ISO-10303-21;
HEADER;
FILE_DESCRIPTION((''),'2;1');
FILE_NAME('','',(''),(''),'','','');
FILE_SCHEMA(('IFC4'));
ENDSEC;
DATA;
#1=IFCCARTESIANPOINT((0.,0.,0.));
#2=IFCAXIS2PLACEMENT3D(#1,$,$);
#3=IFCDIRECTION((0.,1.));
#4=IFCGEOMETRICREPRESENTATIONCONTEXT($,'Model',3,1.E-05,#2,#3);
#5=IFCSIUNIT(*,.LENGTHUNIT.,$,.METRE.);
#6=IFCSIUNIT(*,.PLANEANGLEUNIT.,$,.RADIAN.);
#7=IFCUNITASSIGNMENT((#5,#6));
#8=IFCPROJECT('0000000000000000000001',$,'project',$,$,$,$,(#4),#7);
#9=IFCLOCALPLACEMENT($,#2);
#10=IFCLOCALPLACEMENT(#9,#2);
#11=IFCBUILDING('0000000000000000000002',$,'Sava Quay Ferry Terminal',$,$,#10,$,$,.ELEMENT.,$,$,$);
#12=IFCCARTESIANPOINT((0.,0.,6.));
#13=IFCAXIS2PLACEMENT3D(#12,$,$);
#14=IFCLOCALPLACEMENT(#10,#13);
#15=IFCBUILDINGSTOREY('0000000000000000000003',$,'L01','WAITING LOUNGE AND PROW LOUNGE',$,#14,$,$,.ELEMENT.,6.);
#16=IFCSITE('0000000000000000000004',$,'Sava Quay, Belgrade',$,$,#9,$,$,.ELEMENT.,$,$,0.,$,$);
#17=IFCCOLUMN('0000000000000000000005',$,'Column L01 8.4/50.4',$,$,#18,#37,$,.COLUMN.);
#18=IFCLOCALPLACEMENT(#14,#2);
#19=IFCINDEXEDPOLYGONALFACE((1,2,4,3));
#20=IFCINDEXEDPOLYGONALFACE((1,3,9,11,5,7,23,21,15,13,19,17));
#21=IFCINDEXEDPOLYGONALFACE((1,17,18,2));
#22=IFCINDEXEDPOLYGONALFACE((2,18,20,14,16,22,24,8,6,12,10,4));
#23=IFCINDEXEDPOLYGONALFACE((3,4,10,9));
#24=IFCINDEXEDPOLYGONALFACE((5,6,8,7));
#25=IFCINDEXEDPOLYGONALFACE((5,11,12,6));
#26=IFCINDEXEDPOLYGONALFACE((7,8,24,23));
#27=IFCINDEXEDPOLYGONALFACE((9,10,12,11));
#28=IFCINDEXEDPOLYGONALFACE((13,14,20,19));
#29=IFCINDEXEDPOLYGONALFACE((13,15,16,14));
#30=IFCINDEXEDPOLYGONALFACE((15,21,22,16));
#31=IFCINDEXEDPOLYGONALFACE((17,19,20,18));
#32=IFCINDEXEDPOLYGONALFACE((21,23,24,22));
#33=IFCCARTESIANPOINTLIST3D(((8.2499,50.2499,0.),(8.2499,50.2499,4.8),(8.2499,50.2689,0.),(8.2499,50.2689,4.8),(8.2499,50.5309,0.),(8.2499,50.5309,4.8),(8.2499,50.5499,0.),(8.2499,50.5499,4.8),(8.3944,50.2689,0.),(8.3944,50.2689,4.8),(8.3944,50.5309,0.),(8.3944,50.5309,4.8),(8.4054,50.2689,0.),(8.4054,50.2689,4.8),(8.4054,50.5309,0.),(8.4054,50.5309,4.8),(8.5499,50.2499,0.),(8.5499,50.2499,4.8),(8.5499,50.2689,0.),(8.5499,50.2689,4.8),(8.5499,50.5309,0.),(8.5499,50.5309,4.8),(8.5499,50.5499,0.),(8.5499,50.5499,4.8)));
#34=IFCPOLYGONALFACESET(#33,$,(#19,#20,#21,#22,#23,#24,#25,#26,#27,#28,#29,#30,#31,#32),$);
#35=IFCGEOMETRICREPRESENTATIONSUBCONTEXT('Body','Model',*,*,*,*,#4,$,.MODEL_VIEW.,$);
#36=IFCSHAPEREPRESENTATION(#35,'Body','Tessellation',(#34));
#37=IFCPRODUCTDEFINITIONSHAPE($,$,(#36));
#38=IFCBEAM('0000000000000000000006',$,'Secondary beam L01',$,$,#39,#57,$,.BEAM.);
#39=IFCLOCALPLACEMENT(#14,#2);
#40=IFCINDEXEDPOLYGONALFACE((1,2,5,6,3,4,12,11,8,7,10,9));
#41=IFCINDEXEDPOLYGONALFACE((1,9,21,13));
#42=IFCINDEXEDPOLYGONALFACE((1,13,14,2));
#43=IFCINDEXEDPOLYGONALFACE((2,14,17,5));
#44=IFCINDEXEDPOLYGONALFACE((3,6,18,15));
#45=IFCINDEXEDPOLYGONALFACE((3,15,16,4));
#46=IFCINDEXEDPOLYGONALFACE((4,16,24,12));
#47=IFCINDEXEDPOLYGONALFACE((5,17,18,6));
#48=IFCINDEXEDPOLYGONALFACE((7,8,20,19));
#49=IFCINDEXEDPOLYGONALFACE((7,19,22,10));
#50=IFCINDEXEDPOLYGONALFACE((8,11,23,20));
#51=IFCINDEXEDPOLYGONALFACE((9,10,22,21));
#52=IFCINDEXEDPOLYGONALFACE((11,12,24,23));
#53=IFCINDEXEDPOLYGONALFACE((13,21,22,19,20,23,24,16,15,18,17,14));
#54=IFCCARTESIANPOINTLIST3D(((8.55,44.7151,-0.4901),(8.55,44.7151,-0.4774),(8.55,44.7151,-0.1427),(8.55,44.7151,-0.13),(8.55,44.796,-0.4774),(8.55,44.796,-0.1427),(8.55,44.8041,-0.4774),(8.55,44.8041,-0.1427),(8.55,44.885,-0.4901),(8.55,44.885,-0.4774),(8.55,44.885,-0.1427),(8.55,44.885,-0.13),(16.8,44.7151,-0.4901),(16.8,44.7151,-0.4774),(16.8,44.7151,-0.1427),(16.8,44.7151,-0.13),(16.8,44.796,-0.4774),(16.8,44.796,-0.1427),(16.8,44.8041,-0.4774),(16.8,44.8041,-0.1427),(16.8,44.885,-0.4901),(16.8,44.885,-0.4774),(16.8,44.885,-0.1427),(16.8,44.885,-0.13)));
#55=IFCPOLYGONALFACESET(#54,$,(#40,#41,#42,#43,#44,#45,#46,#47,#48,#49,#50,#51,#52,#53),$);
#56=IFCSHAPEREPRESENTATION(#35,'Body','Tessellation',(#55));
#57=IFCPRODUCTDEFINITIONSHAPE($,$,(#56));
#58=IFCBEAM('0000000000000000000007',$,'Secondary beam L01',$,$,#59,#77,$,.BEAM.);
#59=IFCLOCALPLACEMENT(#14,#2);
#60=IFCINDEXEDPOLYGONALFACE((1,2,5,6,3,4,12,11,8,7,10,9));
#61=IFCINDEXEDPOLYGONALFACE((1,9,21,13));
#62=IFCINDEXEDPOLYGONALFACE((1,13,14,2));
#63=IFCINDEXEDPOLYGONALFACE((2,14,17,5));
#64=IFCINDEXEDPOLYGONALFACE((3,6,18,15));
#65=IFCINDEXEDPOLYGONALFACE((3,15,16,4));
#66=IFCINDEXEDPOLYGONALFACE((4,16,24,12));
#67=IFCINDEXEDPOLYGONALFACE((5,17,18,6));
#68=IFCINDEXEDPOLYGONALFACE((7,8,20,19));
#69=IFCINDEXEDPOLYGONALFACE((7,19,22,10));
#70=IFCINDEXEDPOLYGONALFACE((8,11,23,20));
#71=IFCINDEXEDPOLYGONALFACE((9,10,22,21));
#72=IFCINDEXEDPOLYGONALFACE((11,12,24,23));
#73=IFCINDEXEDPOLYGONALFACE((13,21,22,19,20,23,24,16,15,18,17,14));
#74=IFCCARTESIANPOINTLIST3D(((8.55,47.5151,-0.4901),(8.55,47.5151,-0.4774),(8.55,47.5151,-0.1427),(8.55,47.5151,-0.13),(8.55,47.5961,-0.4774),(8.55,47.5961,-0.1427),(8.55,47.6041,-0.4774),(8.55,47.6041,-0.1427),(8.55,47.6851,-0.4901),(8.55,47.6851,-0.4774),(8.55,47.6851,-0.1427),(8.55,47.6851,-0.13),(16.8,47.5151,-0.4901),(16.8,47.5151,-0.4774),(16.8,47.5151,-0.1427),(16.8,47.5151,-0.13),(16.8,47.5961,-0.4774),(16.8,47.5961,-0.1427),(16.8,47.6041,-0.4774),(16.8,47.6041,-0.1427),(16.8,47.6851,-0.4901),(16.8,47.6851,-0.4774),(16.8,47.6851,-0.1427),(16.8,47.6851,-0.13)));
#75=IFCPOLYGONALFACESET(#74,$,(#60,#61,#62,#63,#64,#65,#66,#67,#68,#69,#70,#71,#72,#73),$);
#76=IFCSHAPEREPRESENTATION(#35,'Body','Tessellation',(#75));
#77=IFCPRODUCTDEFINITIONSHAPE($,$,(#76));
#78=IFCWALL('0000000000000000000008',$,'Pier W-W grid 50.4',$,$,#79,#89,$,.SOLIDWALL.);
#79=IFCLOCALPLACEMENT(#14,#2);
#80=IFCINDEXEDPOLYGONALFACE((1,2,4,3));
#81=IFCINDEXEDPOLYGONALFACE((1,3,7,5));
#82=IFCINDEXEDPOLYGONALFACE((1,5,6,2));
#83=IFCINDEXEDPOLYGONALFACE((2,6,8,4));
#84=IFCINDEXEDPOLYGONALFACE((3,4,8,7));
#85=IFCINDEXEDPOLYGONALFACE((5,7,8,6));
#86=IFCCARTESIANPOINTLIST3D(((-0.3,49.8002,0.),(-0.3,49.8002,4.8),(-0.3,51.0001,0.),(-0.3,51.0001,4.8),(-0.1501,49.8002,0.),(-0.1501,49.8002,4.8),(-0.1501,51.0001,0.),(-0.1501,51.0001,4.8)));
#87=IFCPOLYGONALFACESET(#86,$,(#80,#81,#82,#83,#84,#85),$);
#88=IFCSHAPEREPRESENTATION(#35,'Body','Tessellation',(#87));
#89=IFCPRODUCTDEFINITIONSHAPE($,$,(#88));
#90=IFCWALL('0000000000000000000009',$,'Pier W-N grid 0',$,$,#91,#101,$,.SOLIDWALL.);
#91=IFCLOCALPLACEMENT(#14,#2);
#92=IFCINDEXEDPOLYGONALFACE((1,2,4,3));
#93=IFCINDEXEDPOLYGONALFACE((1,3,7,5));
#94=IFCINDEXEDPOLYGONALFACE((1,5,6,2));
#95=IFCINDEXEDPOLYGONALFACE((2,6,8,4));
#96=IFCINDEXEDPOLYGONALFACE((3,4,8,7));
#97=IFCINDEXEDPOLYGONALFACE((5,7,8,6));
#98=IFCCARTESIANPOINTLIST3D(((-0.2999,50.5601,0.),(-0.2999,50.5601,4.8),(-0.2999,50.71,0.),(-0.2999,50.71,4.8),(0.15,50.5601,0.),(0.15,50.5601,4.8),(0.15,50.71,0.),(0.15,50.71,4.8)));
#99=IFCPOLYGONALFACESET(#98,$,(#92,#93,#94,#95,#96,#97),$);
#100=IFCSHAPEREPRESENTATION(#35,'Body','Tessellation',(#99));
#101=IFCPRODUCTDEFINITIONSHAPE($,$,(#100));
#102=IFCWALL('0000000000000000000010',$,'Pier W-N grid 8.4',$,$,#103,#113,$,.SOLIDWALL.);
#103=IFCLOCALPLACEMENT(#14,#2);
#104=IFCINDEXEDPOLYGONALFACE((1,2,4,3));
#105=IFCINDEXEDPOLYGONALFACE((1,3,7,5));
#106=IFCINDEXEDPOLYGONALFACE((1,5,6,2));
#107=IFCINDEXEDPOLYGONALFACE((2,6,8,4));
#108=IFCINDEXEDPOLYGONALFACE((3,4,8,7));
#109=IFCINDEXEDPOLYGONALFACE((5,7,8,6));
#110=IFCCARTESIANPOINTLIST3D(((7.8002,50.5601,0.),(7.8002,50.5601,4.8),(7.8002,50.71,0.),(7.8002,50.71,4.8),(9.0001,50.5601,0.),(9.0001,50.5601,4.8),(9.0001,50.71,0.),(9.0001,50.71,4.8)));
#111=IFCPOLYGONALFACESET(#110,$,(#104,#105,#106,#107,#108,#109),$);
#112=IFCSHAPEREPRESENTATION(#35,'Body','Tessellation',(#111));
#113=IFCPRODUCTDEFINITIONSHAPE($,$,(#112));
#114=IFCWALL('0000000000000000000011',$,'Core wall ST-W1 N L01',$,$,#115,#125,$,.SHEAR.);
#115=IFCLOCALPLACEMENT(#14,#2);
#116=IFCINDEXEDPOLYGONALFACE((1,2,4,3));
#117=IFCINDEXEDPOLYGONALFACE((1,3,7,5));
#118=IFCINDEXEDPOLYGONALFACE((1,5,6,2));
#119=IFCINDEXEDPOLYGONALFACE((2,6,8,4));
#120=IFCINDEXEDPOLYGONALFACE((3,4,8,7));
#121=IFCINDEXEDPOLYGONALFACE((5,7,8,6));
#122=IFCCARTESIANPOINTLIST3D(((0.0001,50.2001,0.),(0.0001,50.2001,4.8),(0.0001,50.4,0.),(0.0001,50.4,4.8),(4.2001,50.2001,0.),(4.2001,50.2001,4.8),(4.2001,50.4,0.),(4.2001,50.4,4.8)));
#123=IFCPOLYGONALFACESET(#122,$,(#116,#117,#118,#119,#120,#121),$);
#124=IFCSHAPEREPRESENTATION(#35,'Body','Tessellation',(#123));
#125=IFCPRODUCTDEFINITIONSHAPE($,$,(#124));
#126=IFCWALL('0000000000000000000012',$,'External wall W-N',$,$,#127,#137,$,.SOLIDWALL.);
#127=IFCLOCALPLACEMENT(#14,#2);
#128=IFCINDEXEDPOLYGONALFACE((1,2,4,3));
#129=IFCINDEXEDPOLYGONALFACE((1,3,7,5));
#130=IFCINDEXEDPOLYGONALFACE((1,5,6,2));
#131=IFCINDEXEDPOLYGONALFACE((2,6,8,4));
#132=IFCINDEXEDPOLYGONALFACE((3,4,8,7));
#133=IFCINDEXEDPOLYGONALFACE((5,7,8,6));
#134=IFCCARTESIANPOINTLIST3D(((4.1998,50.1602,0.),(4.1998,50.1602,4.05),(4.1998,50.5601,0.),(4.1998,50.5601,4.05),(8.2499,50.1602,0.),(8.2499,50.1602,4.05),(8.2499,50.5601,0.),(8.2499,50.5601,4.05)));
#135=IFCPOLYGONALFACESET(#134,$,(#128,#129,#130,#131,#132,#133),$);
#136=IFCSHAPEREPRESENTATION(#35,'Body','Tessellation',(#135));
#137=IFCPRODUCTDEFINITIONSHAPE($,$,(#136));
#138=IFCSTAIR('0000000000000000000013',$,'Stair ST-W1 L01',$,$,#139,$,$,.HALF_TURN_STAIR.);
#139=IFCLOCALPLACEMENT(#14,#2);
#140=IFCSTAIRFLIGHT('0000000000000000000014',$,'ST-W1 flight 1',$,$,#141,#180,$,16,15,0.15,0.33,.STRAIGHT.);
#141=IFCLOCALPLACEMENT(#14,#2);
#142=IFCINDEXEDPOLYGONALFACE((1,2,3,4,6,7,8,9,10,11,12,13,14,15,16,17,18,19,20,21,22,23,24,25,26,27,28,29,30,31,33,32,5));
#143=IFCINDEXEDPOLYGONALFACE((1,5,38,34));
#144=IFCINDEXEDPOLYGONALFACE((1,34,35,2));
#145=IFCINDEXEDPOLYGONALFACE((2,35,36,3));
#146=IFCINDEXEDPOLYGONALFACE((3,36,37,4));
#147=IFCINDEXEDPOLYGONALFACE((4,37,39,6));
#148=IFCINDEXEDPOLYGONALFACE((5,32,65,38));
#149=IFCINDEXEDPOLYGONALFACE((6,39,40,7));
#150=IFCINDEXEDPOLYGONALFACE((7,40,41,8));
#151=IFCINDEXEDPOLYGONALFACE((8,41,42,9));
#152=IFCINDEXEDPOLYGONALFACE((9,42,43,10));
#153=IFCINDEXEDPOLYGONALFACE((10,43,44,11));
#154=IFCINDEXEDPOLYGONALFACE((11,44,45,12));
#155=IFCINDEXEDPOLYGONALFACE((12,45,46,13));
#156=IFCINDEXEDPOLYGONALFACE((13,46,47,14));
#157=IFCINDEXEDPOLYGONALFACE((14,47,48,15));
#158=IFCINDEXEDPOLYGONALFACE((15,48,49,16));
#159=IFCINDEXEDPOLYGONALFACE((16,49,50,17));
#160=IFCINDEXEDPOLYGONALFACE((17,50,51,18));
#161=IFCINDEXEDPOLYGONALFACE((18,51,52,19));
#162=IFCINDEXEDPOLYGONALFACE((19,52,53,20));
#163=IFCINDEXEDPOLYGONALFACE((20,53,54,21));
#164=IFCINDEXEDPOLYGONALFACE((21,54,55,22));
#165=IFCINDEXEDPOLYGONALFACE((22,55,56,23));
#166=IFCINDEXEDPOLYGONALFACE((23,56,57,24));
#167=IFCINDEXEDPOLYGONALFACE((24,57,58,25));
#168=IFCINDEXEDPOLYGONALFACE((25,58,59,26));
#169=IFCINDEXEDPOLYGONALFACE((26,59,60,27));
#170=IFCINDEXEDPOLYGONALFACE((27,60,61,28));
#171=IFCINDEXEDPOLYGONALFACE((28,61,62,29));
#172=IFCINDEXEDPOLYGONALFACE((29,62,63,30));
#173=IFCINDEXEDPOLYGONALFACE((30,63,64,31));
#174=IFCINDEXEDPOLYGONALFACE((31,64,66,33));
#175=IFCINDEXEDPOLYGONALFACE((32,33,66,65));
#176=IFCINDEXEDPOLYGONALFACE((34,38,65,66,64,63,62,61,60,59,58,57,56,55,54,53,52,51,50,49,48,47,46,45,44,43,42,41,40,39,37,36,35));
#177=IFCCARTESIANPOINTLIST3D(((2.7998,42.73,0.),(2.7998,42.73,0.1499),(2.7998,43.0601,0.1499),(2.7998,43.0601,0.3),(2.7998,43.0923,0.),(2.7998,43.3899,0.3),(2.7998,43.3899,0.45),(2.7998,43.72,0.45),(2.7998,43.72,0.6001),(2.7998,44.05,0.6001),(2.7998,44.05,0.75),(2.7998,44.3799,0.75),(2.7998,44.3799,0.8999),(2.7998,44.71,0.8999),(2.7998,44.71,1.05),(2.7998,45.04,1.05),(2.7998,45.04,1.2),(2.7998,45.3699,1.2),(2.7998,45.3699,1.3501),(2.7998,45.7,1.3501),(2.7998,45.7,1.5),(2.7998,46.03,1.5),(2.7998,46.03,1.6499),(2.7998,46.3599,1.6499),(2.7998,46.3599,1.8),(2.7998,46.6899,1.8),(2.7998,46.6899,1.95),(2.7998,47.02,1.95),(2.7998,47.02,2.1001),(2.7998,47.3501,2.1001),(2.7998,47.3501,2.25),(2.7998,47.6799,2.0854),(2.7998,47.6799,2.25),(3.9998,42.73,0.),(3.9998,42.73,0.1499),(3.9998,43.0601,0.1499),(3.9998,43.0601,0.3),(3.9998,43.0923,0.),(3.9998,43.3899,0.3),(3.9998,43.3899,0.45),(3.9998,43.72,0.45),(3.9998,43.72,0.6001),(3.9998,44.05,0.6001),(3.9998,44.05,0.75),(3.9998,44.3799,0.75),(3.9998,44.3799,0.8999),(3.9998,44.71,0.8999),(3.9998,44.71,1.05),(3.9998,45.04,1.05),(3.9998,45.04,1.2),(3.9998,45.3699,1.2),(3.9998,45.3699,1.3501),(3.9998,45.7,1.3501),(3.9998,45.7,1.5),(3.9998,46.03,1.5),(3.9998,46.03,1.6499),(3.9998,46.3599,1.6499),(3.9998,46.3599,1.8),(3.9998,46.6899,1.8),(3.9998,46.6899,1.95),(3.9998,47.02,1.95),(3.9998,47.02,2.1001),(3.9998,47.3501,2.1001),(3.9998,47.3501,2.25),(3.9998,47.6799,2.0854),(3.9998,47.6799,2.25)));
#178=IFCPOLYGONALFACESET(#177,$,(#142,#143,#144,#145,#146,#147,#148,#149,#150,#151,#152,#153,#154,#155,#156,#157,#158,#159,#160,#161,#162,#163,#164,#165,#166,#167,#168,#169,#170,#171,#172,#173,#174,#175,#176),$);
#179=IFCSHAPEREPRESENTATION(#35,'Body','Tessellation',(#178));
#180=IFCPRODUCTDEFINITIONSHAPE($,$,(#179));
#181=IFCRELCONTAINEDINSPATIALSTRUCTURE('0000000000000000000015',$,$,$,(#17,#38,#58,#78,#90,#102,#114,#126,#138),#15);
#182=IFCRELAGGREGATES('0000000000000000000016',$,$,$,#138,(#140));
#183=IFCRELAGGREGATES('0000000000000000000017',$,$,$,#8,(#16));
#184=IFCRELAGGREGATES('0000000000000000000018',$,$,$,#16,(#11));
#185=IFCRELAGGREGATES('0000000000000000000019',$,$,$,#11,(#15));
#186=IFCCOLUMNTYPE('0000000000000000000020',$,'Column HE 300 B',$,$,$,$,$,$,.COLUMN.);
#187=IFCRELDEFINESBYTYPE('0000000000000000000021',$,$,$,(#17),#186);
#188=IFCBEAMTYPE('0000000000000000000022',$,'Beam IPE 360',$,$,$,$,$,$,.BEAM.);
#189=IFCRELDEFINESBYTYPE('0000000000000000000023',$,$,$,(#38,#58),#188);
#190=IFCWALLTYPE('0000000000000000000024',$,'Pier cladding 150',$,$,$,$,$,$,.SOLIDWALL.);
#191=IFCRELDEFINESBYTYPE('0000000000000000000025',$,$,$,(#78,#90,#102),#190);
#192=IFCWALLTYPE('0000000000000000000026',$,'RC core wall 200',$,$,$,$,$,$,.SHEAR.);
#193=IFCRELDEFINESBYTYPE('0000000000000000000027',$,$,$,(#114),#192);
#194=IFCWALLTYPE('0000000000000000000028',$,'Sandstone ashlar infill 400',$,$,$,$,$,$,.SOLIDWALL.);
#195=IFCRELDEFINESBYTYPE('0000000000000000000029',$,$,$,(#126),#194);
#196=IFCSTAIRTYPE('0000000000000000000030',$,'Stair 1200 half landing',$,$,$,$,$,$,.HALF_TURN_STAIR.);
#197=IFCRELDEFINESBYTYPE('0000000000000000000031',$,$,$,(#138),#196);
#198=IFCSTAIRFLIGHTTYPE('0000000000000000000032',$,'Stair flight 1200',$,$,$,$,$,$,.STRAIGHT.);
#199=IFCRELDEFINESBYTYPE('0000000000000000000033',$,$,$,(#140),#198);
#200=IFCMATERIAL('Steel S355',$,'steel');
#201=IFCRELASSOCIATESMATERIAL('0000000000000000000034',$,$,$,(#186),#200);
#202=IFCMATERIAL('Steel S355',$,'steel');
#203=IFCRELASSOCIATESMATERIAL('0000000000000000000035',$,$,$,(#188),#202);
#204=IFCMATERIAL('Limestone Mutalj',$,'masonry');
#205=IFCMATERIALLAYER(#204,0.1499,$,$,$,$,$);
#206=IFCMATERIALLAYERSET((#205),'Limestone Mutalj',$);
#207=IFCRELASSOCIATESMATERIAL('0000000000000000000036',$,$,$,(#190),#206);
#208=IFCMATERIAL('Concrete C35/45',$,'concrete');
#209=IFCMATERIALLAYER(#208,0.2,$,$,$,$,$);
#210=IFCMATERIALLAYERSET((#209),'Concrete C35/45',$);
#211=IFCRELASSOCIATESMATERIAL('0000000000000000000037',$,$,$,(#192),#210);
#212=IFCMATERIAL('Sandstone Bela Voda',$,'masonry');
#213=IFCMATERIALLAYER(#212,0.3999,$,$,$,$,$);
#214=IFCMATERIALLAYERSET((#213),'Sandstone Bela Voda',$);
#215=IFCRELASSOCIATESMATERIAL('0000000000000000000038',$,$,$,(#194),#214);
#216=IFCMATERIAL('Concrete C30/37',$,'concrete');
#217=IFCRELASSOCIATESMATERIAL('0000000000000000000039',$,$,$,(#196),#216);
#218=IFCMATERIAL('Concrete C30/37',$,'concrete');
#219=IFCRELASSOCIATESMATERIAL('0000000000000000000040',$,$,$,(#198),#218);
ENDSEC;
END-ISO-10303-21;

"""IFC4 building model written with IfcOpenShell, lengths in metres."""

from ifc_helpers import new_model, si_unit, direction, frame, frame_2d, origin, origin_2d, place, context, subcontext, project, spatial, polyline, rectangle, i_section, outline, extrude, material, layer, layer_set, material_profile, profile_set, type_object, element, aggregate, save


model = new_model("IFC4")

# Units and contexts
model_context = context("Model", 3, precision=1e-05, world=origin(), true_north=direction((0.0, 1.0)))
body_context = subcontext(model_context, "Body", "Model", "MODEL_VIEW")
ifc_project = project(units=[si_unit("LENGTHUNIT", "METRE"), si_unit("PLANEANGLEUNIT", "RADIAN")], contexts=[model_context])

# Site, building, storey
site_placement = place(None, origin())
site = spatial("IfcSite", under=ifc_project, at=site_placement, Name="Sava Quay, Belgrade", CompositionType="ELEMENT", RefElevation=0.0)
building_placement = place(site_placement, origin())
building = spatial("IfcBuilding", under=site, at=building_placement, Name="Sava Quay Ferry Terminal", CompositionType="ELEMENT")
storey_placement = place(building_placement, frame((0.0, 0.0, 6.0)))
storey = spatial("IfcBuildingStorey", under=building, at=storey_placement, Name="L01", Description="WAITING LOUNGE AND PROW LOUNGE", CompositionType="ELEMENT", Elevation=6.0)

# Column
ifc_material_1 = material(Name="Steel S355", Category="steel")
ifc_material_profile_1 = material_profile(ifc_material_1, i_section(OverallWidth=0.3, OverallDepth=0.3, WebThickness=0.011, FlangeThickness=0.019, at=origin_2d()), Name="HE 300 B")
ifc_profile_set_1 = profile_set([ifc_material_profile_1], Name="Steel S355")
column_type = type_object("IfcColumnType", Name="Column HE 300 B", PredefinedType="COLUMN", material=ifc_profile_set_1)
column_placement = place(storey_placement, frame((8.3999, 50.3999, 0.0), z_axis=(0.0, 0.0, 1.0), x_axis=(1.0, 0.0, 0.0)))
element("IfcColumn", 1, at=column_placement, inside=storey, type_object=column_type, Name="Column L01 8.4/50.4", PredefinedType="COLUMN", context=body_context, shape_type="SweptSolid", body=[
    extrude(i_section(OverallWidth=0.3, OverallDepth=0.3, WebThickness=0.011, FlangeThickness=0.019, at=origin_2d()), origin(), (0.0, 0.0, 1.0), 4.8),
])

# Beams
ifc_material_2 = material(Name="Steel S355", Category="steel")
ifc_material_profile_2 = material_profile(ifc_material_2, i_section(OverallWidth=0.1699, OverallDepth=0.3601, WebThickness=0.0081, FlangeThickness=0.0127, at=origin_2d()), Name="IPE 360")
ifc_profile_set_2 = profile_set([ifc_material_profile_2], Name="Steel S355")
beam_type = type_object("IfcBeamType", Name="Beam IPE 360", PredefinedType="BEAM", material=ifc_profile_set_2)
for number, where, z_axis, x_axis, name in (
    (2, (8.55, 44.8, -0.3101), (1.0, 0.0, 0.0), (0.0, 1.0, 0.0), "Secondary beam L01"),
    (3, (8.55, 47.6001, -0.3101), (1.0, 0.0, 0.0), (0.0, 1.0, 0.0), "Secondary beam L01"),
):
    element("IfcBeam", number, at=place(storey_placement, frame(where, z_axis=z_axis, x_axis=x_axis)), inside=storey, type_object=beam_type, Name=name, PredefinedType="BEAM", context=body_context, shape_type="SweptSolid", body=[
        extrude(i_section(OverallWidth=0.1699, OverallDepth=0.3601, WebThickness=0.0081, FlangeThickness=0.0127, at=origin_2d()), origin(), (0.0, 0.0, 1.0), 8.25),
    ])

# Walls
ifc_material_3 = material(Name="Limestone Mutalj", Category="masonry")
ifc_layer_1 = layer(ifc_material_3, 0.1499)
ifc_layer_set_1 = layer_set([ifc_layer_1], Name="Limestone Mutalj")
wall_type_1 = type_object("IfcWallType", Name="Pier cladding 150", PredefinedType="SOLIDWALL", material=ifc_layer_set_1)
wall_1_placement = place(storey_placement, frame((-0.2251, 49.8, 0.0), z_axis=(0.0, 0.0, 1.0), x_axis=(0.0, 1.0, 0.0)))
element("IfcWall", 4, at=wall_1_placement, inside=storey, type_object=wall_type_1, Name="Pier W-W grid 50.4", PredefinedType="SOLIDWALL", context=body_context, shape_type="SweptSolid", body=[
    extrude(rectangle(XDim=1.2, YDim=0.1499, at=frame_2d((0.6001, 0.0))), origin(), (0.0, 0.0, 1.0), 4.8),
])
wall_2_placement = place(storey_placement, frame((-0.3, 50.635, 0.0), z_axis=(0.0, 0.0, 1.0), x_axis=(1.0, 0.0, 0.0)))
element("IfcWall", 5, at=wall_2_placement, inside=storey, type_object=wall_type_1, Name="Pier W-N grid 0", PredefinedType="SOLIDWALL", context=body_context, shape_type="SweptSolid", body=[
    extrude(rectangle(XDim=0.45, YDim=0.1499, at=frame_2d((0.2251, 0.0))), origin(), (0.0, 0.0, 1.0), 4.8),
])
wall_3_placement = place(storey_placement, frame((7.8, 50.635, 0.0), z_axis=(0.0, 0.0, 1.0), x_axis=(1.0, 0.0, 0.0)))
element("IfcWall", 6, at=wall_3_placement, inside=storey, type_object=wall_type_1, Name="Pier W-N grid 8.4", PredefinedType="SOLIDWALL", context=body_context, shape_type="SweptSolid", body=[
    extrude(rectangle(XDim=1.2, YDim=0.1499, at=frame_2d((0.6001, 0.0))), origin(), (0.0, 0.0, 1.0), 4.8),
])
ifc_material_4 = material(Name="Concrete C35/45", Category="concrete")
ifc_layer_2 = layer(ifc_material_4, 0.2)
ifc_layer_set_2 = layer_set([ifc_layer_2], Name="Concrete C35/45")
wall_type_2 = type_object("IfcWallType", Name="RC core wall 200", PredefinedType="SHEAR", material=ifc_layer_set_2)
wall_4_placement = place(storey_placement, frame((0.0, 50.3, 0.0), z_axis=(0.0, 0.0, 1.0), x_axis=(1.0, 0.0, 0.0)))
element("IfcWall", 7, at=wall_4_placement, inside=storey, type_object=wall_type_2, Name="Core wall ST-W1 N L01", PredefinedType="SHEAR", context=body_context, shape_type="SweptSolid", body=[
    extrude(rectangle(XDim=4.2, YDim=0.2, at=frame_2d((2.1001, 0.0))), origin(), (0.0, 0.0, 1.0), 4.8),
])
ifc_material_5 = material(Name="Sandstone Bela Voda", Category="masonry")
ifc_layer_3 = layer(ifc_material_5, 0.3999)
ifc_layer_set_3 = layer_set([ifc_layer_3], Name="Sandstone Bela Voda")
wall_type_3 = type_object("IfcWallType", Name="Sandstone ashlar infill 400", PredefinedType="SOLIDWALL", material=ifc_layer_set_3)
wall_5_placement = place(storey_placement, frame((4.2, 50.3601, 0.0), z_axis=(0.0, 0.0, 1.0), x_axis=(1.0, 0.0, 0.0)))
element("IfcWall", 8, at=wall_5_placement, inside=storey, type_object=wall_type_3, Name="External wall W-N", PredefinedType="SOLIDWALL", context=body_context, shape_type="SweptSolid", body=[
    extrude(rectangle(XDim=4.05, YDim=0.3999, at=frame_2d((2.0249, 0.0))), origin(), (0.0, 0.0, 1.0), 4.05),
])

# Stair, stair flight
ifc_material_6 = material(Name="Concrete C30/37", Category="concrete")
stair_type = type_object("IfcStairType", Name="Stair 1200 half landing", PredefinedType="HALF_TURN_STAIR", material=ifc_material_6)
stair_placement = place(storey_placement, origin())
stair = element("IfcStair", 9, at=stair_placement, inside=storey, type_object=stair_type, Name="Stair ST-W1 L01", PredefinedType="HALF_TURN_STAIR")
ifc_material_7 = material(Name="Concrete C30/37", Category="concrete")
stair_flight_type = type_object("IfcStairFlightType", Name="Stair flight 1200", PredefinedType="STRAIGHT", material=ifc_material_7)
stair_flight_1_placement = place(storey_placement, frame((3.3999, 42.73, 0.0), z_axis=(0.0, 0.0, 1.0), x_axis=(0.0, 1.0, 0.0)))
stair_flight_1 = element("IfcStairFlight", 10, at=stair_flight_1_placement, type_object=stair_flight_type, Name="ST-W1 flight 1", NumberOfRisers=16, NumberOfTreads=15, PredefinedType="STRAIGHT", RiserHeight=0.15, TreadLength=0.33, context=body_context, shape_type="SweptSolid", body=[
    extrude(outline(polyline([(0.0, 0.0), (0.0, 0.1499), (0.3301, 0.1499), (0.3301, 0.3), (0.6599, 0.3), (0.6599, 0.45), (0.99, 0.45), (0.99, 0.6001), (1.3201, 0.6001), (1.3201, 0.75), (1.6499, 0.75), (1.6499, 0.8999), (1.98, 0.8999), (1.98, 1.05), (2.3101, 1.05), (2.3101, 1.2), (2.6399, 1.2), (2.6399, 1.3501), (2.97, 1.3501), (2.97, 1.5), (3.3, 1.5), (3.3, 1.6499), (3.6299, 1.6499), (3.6299, 1.8), (3.96, 1.8), (3.96, 1.95), (4.29, 1.95), (4.29, 2.1001), (4.6201, 2.1001), (4.6201, 2.25), (4.95, 2.25), (4.95, 2.3999), (4.95, 2.0854), (0.3623, 0.0), (0.0, 0.0)])), frame((0.0, 0.6001, 0.0), z_axis=(0.0, -1.0, 0.0), x_axis=(1.0, 0.0, 0.0)), (0.0, 0.0, 1.0), 1.2),
])
aggregate(stair, [stair_flight_1])

save(model, "model.ifc")
